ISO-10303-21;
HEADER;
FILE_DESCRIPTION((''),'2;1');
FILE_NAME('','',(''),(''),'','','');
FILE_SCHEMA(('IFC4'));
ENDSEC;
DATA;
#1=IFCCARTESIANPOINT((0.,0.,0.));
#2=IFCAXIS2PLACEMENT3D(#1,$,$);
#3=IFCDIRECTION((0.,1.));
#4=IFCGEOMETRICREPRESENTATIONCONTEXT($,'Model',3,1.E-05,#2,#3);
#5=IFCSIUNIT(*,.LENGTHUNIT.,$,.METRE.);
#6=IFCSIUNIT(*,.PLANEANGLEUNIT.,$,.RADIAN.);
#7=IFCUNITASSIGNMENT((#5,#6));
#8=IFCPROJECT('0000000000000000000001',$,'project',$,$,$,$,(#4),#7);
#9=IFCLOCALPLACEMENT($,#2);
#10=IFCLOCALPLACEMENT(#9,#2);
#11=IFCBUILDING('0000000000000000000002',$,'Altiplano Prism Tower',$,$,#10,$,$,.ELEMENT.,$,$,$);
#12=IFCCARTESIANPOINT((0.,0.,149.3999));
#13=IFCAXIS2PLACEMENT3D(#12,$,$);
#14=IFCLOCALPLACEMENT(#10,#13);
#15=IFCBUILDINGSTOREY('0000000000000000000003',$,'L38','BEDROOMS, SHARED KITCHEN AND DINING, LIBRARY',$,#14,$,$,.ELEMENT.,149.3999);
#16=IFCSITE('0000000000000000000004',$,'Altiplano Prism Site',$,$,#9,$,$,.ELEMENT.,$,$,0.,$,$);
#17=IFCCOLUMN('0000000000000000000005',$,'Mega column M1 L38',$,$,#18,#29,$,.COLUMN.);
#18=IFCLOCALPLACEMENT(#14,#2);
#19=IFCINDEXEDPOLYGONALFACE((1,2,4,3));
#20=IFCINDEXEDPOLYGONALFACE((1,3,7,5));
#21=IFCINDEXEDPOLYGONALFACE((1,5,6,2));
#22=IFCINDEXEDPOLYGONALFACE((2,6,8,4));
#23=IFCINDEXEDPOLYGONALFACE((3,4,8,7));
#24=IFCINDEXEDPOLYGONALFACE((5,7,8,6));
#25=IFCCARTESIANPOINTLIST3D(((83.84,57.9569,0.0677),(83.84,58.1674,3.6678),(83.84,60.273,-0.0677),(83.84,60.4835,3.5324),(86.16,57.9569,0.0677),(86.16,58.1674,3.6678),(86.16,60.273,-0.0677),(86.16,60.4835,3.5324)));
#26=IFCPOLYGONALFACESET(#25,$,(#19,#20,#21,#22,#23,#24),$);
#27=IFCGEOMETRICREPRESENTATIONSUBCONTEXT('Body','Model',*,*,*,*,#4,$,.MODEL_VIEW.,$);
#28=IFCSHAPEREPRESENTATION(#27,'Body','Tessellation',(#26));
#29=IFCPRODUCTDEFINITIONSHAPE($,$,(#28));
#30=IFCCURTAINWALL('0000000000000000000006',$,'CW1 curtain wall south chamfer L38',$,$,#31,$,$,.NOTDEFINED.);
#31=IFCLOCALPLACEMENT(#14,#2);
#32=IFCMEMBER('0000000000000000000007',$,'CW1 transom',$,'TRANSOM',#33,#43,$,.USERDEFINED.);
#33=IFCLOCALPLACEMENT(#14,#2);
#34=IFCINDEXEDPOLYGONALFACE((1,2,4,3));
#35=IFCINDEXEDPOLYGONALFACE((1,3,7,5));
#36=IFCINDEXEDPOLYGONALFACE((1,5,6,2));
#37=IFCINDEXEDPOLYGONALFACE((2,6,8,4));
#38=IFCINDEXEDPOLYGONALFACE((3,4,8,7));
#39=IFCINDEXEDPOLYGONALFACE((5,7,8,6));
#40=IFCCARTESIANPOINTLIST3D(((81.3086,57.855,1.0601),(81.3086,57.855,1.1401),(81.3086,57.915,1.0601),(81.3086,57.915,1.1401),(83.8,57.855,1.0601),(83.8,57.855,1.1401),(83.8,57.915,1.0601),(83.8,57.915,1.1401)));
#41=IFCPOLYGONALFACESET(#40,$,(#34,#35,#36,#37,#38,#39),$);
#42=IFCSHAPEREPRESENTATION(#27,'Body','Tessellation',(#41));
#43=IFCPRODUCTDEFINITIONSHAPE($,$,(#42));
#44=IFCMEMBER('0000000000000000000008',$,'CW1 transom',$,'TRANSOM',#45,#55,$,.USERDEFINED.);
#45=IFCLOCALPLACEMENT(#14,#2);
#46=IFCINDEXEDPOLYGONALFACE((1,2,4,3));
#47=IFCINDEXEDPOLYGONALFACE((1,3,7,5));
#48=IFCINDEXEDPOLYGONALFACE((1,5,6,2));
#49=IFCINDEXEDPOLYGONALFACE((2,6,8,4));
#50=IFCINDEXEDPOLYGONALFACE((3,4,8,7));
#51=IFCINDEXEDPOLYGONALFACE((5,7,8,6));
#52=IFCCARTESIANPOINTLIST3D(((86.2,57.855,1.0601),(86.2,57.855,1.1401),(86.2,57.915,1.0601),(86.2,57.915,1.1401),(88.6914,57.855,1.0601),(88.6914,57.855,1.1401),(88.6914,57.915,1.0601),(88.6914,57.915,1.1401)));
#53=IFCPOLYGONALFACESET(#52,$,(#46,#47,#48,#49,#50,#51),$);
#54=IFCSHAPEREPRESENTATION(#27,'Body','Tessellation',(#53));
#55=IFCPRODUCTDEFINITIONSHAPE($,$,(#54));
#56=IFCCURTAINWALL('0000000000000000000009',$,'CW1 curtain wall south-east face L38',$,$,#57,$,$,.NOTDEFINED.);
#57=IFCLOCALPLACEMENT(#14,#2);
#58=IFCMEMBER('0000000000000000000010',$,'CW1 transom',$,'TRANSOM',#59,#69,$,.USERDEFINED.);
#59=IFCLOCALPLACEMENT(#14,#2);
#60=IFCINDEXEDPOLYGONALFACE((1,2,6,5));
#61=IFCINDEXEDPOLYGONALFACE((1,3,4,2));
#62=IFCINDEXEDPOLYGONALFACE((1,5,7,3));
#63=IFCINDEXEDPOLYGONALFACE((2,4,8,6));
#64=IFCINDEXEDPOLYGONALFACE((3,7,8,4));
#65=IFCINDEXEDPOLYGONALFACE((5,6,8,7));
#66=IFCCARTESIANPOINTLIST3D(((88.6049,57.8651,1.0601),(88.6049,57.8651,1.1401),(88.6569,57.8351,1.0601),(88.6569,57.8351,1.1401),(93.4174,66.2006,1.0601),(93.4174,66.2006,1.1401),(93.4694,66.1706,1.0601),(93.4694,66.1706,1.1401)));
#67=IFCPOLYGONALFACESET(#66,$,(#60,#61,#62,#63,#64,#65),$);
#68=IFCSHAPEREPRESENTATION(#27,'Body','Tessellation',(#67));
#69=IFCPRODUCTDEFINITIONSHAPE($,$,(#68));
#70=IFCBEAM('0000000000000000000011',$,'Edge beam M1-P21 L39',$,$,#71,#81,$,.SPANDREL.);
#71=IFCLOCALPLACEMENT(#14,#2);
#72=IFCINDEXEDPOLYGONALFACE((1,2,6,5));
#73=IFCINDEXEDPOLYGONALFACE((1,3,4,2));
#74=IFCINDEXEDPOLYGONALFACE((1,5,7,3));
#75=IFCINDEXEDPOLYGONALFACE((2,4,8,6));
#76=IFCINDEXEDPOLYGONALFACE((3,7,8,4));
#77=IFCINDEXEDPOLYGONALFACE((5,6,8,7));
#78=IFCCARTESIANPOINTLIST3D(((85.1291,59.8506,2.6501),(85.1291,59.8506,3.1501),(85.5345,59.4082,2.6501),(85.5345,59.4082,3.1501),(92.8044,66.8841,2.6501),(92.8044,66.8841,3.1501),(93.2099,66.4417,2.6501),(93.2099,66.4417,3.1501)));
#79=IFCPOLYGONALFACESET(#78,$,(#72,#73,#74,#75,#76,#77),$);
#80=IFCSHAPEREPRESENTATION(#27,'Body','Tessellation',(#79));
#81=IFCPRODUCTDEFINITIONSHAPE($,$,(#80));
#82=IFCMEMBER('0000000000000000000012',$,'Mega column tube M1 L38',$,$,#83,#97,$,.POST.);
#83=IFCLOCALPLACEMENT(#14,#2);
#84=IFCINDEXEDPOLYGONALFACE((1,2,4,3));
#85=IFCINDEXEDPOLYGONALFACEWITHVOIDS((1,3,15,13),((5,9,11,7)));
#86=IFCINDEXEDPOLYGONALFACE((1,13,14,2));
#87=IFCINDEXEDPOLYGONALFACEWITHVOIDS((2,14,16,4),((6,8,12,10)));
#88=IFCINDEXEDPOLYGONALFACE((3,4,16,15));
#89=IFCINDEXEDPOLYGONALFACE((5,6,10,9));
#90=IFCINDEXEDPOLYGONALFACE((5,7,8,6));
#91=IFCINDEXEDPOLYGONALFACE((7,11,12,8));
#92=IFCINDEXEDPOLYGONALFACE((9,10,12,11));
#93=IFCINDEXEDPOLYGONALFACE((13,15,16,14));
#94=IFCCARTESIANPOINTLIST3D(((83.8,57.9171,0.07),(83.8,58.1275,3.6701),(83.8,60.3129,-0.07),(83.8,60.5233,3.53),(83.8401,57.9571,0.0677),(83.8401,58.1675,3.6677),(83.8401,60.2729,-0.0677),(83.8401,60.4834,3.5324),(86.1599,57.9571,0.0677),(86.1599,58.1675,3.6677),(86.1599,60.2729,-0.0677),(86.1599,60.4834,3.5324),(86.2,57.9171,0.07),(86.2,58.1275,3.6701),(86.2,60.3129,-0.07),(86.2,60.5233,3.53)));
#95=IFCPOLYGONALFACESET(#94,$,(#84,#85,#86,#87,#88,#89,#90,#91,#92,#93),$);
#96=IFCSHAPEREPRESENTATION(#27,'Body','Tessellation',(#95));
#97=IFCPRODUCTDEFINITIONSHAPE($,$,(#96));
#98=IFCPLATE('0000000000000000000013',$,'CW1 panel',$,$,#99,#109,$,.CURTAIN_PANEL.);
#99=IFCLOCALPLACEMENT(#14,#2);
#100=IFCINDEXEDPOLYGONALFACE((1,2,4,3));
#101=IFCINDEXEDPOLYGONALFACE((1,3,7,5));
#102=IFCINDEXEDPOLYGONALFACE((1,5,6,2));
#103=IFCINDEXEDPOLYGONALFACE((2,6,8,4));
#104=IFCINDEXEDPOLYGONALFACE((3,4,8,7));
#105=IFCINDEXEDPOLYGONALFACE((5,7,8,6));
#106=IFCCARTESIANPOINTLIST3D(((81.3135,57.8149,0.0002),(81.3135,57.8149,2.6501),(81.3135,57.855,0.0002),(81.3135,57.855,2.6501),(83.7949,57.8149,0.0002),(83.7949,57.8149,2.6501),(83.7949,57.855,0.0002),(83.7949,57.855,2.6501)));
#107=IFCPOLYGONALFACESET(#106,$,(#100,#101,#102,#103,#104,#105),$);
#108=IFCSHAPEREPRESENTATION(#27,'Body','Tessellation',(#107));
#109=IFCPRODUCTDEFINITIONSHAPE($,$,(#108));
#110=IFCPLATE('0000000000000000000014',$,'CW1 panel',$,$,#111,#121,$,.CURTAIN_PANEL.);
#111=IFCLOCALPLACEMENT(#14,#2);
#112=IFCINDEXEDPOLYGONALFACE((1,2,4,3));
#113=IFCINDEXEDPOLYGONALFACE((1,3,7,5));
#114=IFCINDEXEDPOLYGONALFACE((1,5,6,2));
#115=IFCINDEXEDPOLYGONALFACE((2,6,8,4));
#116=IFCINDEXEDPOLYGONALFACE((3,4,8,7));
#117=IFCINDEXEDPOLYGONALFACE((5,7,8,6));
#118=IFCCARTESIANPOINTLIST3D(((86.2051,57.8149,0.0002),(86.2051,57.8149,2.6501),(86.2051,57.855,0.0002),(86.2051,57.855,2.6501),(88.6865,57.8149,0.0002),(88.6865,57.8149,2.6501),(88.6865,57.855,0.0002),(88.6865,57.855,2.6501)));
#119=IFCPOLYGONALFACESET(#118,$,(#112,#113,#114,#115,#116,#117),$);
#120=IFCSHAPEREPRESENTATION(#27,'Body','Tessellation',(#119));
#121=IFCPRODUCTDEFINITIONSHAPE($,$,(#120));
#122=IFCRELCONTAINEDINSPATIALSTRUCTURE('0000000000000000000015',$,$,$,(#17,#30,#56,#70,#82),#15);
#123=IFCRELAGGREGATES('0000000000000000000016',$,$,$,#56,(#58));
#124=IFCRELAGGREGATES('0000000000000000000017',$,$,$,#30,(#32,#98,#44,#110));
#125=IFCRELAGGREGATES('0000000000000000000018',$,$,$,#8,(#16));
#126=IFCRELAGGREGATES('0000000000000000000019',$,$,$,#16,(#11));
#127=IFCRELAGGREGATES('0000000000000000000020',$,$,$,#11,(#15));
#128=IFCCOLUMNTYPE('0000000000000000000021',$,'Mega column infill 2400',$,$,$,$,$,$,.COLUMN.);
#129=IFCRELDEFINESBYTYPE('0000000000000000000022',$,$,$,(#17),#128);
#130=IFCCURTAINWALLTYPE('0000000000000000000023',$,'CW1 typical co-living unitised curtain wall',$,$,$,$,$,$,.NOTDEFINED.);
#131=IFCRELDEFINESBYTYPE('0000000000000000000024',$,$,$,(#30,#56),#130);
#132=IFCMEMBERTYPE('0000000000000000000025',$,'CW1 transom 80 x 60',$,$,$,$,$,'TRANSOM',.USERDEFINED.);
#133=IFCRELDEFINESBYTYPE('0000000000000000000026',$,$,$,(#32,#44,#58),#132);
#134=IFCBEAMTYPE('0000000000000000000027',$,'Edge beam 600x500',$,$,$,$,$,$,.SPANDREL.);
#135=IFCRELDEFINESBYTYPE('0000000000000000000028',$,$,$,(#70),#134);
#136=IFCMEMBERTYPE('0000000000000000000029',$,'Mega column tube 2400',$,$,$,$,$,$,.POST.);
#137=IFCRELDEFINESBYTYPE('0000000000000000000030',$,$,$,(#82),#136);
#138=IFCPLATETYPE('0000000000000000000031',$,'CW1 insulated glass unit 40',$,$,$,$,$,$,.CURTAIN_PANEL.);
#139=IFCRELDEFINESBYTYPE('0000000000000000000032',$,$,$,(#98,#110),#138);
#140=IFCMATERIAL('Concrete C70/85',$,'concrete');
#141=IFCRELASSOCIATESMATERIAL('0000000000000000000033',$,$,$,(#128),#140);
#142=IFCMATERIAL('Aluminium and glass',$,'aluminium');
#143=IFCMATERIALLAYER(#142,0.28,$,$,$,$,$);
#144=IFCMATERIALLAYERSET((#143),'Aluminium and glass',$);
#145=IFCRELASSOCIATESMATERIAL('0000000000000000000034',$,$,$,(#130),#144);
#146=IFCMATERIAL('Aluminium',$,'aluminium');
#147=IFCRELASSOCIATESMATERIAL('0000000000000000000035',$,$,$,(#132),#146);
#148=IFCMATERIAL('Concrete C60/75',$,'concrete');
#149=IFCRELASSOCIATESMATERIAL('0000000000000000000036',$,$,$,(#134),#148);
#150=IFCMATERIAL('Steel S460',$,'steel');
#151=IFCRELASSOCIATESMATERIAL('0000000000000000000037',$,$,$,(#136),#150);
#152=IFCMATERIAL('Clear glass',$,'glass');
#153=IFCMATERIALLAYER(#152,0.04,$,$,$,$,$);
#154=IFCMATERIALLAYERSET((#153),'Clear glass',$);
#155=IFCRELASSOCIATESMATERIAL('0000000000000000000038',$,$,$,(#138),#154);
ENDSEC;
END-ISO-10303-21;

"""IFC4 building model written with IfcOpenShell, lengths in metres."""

from ifc_helpers import new_model, si_unit, direction, frame, origin, origin_2d, place, context, subcontext, project, spatial, rectangle, hollow_rectangle, extrude, material, layer, layer_set, material_profile, profile_set, type_object, element, aggregate, save


model = new_model("IFC4")

# Units and contexts
model_context = context("Model", 3, precision=1e-05, world=origin(), true_north=direction((0.0, 1.0)))
body_context = subcontext(model_context, "Body", "Model", "MODEL_VIEW")
ifc_project = project(units=[si_unit("LENGTHUNIT", "METRE"), si_unit("PLANEANGLEUNIT", "RADIAN")], contexts=[model_context])

# Site, building, storey
site_placement = place(None, origin())
site = spatial("IfcSite", under=ifc_project, at=site_placement, Name="Altiplano Prism Site", CompositionType="ELEMENT", RefElevation=0.0)
building_placement = place(site_placement, origin())
building = spatial("IfcBuilding", under=site, at=building_placement, Name="Altiplano Prism Tower", CompositionType="ELEMENT")
storey_placement = place(building_placement, frame((0.0, 0.0, 149.3999)))
storey = spatial("IfcBuildingStorey", under=building, at=storey_placement, Name="L38", Description="BEDROOMS, SHARED KITCHEN AND DINING, LIBRARY", CompositionType="ELEMENT", Elevation=149.3999)

# Column
ifc_material_1 = material(Name="Concrete C70/85", Category="concrete")
ifc_material_profile_1 = material_profile(ifc_material_1, rectangle(XDim=2.3201, YDim=2.3201, at=origin_2d()), Name="Mega column infill 2400")
ifc_profile_set_1 = profile_set([ifc_material_profile_1], Name="Concrete C70/85")
column_type = type_object("IfcColumnType", Name="Mega column infill 2400", PredefinedType="COLUMN", material=ifc_profile_set_1)
column_placement = place(storey_placement, frame((85.0, 59.115, 0.0), z_axis=(0.0, 0.058357, 0.998296), x_axis=(-1.0, 0.0, 0.0)))
element("IfcColumn", 1, at=column_placement, inside=storey, type_object=column_type, Name="Mega column M1 L38", PredefinedType="COLUMN", context=body_context, shape_type="SweptSolid", body=[
    extrude(rectangle(XDim=2.3201, YDim=2.3201, at=origin_2d()), origin(), (0.0, 0.0, 1.0), 3.6062),
])

# Curtain wall, members
ifc_material_2 = material(Name="Aluminium and glass", Category="aluminium")
ifc_layer_1 = layer(ifc_material_2, 0.28)
ifc_layer_set_1 = layer_set([ifc_layer_1], Name="Aluminium and glass")
curtain_wall_type = type_object("IfcCurtainWallType", Name="CW1 typical co-living unitised curtain wall", PredefinedType="NOTDEFINED", material=ifc_layer_set_1)
curtain_wall_1_placement = place(storey_placement, origin())
curtain_wall_1 = element("IfcCurtainWall", 2, at=curtain_wall_1_placement, inside=storey, type_object=curtain_wall_type, Name="CW1 curtain wall south chamfer L38", PredefinedType="NOTDEFINED")
ifc_material_3 = material(Name="Aluminium", Category="aluminium")
ifc_material_profile_2 = material_profile(ifc_material_3, rectangle(XDim=0.0601, YDim=0.0801, at=origin_2d()), Name="CW1 transom 80 x 60")
ifc_profile_set_2 = profile_set([ifc_material_profile_2], Name="Aluminium")
member_type_1 = type_object("IfcMemberType", Name="CW1 transom 80 x 60", ElementType="TRANSOM", PredefinedType="USERDEFINED", material=ifc_profile_set_2)
member_1_placement = place(storey_placement, frame((81.3086, 57.885, 1.1001), z_axis=(1.0, 0.0, 0.0), x_axis=(0.0, 1.0, 0.0)))
member_1 = element("IfcMember", 3, at=member_1_placement, type_object=member_type_1, Name="CW1 transom", ObjectType="TRANSOM", PredefinedType="USERDEFINED", context=body_context, shape_type="SweptSolid", body=[
    extrude(rectangle(XDim=0.0601, YDim=0.0801, at=origin_2d()), origin(), (0.0, 0.0, 1.0), 2.4915),
])
member_2_placement = place(storey_placement, frame((86.2, 57.885, 1.1001), z_axis=(1.0, 0.0, 0.0), x_axis=(0.0, 1.0, 0.0)))
member_2 = element("IfcMember", 4, at=member_2_placement, type_object=member_type_1, Name="CW1 transom", ObjectType="TRANSOM", PredefinedType="USERDEFINED", context=body_context, shape_type="SweptSolid", body=[
    extrude(rectangle(XDim=0.0601, YDim=0.0801, at=origin_2d()), origin(), (0.0, 0.0, 1.0), 2.4915),
])

# Curtain wall, member
curtain_wall_2_placement = place(storey_placement, origin())
curtain_wall_2 = element("IfcCurtainWall", 5, at=curtain_wall_2_placement, inside=storey, type_object=curtain_wall_type, Name="CW1 curtain wall south-east face L38", PredefinedType="NOTDEFINED")
member_3_placement = place(storey_placement, frame((88.6309, 57.8501, 1.1001), z_axis=(0.500002, 0.866024, 0.0), x_axis=(-0.866024, 0.500002, 0.0)))
member_3 = element("IfcMember", 6, at=member_3_placement, type_object=member_type_1, Name="CW1 transom", ObjectType="TRANSOM", PredefinedType="USERDEFINED", context=body_context, shape_type="SweptSolid", body=[
    extrude(rectangle(XDim=0.0601, YDim=0.0801, at=origin_2d()), origin(), (0.0, 0.0, 1.0), 9.625),
])
aggregate(curtain_wall_2, [member_3])

# Beam
ifc_material_4 = material(Name="Concrete C60/75", Category="concrete")
ifc_material_profile_3 = material_profile(ifc_material_4, rectangle(XDim=0.6001, YDim=0.5, at=origin_2d()), Name="Edge beam 600x500")
ifc_profile_set_3 = profile_set([ifc_material_profile_3], Name="Concrete C60/75")
beam_type = type_object("IfcBeamType", Name="Edge beam 600x500", PredefinedType="SPANDREL", material=ifc_profile_set_3)
beam_placement = place(storey_placement, frame((85.3318, 59.6294, 2.9001), z_axis=(0.737261, 0.675608, 0.0), x_axis=(-0.675608, 0.737261, 0.0)))
element("IfcBeam", 7, at=beam_placement, inside=storey, type_object=beam_type, Name="Edge beam M1-P21 L39", PredefinedType="SPANDREL", context=body_context, shape_type="SweptSolid", body=[
    extrude(rectangle(XDim=0.6001, YDim=0.5, at=origin_2d()), origin(), (0.0, 0.0, 1.0), 10.4106),
])

# Member
ifc_material_5 = material(Name="Steel S460", Category="steel")
ifc_material_profile_4 = material_profile(ifc_material_5, hollow_rectangle(XDim=2.3999, YDim=2.3999, WallThickness=0.04, at=origin_2d()), Name="Mega column tube 2400")
ifc_profile_set_4 = profile_set([ifc_material_profile_4], Name="Steel S460")
member_type_2 = type_object("IfcMemberType", Name="Mega column tube 2400", PredefinedType="POST", material=ifc_profile_set_4)
member_4_placement = place(storey_placement, frame((85.0, 59.115, 0.0), z_axis=(0.0, 0.058357, 0.998296), x_axis=(-1.0, 0.0, 0.0)))
element("IfcMember", 8, at=member_4_placement, inside=storey, type_object=member_type_2, Name="Mega column tube M1 L38", PredefinedType="POST", context=body_context, shape_type="SweptSolid", body=[
    extrude(hollow_rectangle(XDim=2.3999, YDim=2.3999, WallThickness=0.04, at=origin_2d()), origin(), (0.0, 0.0, 1.0), 3.6062),
])

# Plates
ifc_material_6 = material(Name="Clear glass", Category="glass")
ifc_layer_2 = layer(ifc_material_6, 0.04)
ifc_layer_set_2 = layer_set([ifc_layer_2], Name="Clear glass")
plate_type = type_object("IfcPlateType", Name="CW1 insulated glass unit 40", PredefinedType="CURTAIN_PANEL", material=ifc_layer_set_2)
plate_1_placement = place(storey_placement, frame((82.5542, 57.835, 0.0002), z_axis=(0.0, 0.0, 1.0), x_axis=(1.0, 0.0, 0.0)))
plate_1 = element("IfcPlate", 9, at=plate_1_placement, type_object=plate_type, Name="CW1 panel", PredefinedType="CURTAIN_PANEL", context=body_context, shape_type="SweptSolid", body=[
    extrude(rectangle(XDim=2.4814, YDim=0.04, at=origin_2d()), origin(), (0.0, 0.0, 1.0), 2.6499),
])
plate_2_placement = place(storey_placement, frame((87.4458, 57.835, 0.0002), z_axis=(0.0, 0.0, 1.0), x_axis=(1.0, 0.0, 0.0)))
plate_2 = element("IfcPlate", 10, at=plate_2_placement, type_object=plate_type, Name="CW1 panel", PredefinedType="CURTAIN_PANEL", context=body_context, shape_type="SweptSolid", body=[
    extrude(rectangle(XDim=2.4814, YDim=0.04, at=origin_2d()), origin(), (0.0, 0.0, 1.0), 2.6499),
])
aggregate(curtain_wall_1, [member_1, plate_1, member_2, plate_2])

save(model, "model.ifc")
